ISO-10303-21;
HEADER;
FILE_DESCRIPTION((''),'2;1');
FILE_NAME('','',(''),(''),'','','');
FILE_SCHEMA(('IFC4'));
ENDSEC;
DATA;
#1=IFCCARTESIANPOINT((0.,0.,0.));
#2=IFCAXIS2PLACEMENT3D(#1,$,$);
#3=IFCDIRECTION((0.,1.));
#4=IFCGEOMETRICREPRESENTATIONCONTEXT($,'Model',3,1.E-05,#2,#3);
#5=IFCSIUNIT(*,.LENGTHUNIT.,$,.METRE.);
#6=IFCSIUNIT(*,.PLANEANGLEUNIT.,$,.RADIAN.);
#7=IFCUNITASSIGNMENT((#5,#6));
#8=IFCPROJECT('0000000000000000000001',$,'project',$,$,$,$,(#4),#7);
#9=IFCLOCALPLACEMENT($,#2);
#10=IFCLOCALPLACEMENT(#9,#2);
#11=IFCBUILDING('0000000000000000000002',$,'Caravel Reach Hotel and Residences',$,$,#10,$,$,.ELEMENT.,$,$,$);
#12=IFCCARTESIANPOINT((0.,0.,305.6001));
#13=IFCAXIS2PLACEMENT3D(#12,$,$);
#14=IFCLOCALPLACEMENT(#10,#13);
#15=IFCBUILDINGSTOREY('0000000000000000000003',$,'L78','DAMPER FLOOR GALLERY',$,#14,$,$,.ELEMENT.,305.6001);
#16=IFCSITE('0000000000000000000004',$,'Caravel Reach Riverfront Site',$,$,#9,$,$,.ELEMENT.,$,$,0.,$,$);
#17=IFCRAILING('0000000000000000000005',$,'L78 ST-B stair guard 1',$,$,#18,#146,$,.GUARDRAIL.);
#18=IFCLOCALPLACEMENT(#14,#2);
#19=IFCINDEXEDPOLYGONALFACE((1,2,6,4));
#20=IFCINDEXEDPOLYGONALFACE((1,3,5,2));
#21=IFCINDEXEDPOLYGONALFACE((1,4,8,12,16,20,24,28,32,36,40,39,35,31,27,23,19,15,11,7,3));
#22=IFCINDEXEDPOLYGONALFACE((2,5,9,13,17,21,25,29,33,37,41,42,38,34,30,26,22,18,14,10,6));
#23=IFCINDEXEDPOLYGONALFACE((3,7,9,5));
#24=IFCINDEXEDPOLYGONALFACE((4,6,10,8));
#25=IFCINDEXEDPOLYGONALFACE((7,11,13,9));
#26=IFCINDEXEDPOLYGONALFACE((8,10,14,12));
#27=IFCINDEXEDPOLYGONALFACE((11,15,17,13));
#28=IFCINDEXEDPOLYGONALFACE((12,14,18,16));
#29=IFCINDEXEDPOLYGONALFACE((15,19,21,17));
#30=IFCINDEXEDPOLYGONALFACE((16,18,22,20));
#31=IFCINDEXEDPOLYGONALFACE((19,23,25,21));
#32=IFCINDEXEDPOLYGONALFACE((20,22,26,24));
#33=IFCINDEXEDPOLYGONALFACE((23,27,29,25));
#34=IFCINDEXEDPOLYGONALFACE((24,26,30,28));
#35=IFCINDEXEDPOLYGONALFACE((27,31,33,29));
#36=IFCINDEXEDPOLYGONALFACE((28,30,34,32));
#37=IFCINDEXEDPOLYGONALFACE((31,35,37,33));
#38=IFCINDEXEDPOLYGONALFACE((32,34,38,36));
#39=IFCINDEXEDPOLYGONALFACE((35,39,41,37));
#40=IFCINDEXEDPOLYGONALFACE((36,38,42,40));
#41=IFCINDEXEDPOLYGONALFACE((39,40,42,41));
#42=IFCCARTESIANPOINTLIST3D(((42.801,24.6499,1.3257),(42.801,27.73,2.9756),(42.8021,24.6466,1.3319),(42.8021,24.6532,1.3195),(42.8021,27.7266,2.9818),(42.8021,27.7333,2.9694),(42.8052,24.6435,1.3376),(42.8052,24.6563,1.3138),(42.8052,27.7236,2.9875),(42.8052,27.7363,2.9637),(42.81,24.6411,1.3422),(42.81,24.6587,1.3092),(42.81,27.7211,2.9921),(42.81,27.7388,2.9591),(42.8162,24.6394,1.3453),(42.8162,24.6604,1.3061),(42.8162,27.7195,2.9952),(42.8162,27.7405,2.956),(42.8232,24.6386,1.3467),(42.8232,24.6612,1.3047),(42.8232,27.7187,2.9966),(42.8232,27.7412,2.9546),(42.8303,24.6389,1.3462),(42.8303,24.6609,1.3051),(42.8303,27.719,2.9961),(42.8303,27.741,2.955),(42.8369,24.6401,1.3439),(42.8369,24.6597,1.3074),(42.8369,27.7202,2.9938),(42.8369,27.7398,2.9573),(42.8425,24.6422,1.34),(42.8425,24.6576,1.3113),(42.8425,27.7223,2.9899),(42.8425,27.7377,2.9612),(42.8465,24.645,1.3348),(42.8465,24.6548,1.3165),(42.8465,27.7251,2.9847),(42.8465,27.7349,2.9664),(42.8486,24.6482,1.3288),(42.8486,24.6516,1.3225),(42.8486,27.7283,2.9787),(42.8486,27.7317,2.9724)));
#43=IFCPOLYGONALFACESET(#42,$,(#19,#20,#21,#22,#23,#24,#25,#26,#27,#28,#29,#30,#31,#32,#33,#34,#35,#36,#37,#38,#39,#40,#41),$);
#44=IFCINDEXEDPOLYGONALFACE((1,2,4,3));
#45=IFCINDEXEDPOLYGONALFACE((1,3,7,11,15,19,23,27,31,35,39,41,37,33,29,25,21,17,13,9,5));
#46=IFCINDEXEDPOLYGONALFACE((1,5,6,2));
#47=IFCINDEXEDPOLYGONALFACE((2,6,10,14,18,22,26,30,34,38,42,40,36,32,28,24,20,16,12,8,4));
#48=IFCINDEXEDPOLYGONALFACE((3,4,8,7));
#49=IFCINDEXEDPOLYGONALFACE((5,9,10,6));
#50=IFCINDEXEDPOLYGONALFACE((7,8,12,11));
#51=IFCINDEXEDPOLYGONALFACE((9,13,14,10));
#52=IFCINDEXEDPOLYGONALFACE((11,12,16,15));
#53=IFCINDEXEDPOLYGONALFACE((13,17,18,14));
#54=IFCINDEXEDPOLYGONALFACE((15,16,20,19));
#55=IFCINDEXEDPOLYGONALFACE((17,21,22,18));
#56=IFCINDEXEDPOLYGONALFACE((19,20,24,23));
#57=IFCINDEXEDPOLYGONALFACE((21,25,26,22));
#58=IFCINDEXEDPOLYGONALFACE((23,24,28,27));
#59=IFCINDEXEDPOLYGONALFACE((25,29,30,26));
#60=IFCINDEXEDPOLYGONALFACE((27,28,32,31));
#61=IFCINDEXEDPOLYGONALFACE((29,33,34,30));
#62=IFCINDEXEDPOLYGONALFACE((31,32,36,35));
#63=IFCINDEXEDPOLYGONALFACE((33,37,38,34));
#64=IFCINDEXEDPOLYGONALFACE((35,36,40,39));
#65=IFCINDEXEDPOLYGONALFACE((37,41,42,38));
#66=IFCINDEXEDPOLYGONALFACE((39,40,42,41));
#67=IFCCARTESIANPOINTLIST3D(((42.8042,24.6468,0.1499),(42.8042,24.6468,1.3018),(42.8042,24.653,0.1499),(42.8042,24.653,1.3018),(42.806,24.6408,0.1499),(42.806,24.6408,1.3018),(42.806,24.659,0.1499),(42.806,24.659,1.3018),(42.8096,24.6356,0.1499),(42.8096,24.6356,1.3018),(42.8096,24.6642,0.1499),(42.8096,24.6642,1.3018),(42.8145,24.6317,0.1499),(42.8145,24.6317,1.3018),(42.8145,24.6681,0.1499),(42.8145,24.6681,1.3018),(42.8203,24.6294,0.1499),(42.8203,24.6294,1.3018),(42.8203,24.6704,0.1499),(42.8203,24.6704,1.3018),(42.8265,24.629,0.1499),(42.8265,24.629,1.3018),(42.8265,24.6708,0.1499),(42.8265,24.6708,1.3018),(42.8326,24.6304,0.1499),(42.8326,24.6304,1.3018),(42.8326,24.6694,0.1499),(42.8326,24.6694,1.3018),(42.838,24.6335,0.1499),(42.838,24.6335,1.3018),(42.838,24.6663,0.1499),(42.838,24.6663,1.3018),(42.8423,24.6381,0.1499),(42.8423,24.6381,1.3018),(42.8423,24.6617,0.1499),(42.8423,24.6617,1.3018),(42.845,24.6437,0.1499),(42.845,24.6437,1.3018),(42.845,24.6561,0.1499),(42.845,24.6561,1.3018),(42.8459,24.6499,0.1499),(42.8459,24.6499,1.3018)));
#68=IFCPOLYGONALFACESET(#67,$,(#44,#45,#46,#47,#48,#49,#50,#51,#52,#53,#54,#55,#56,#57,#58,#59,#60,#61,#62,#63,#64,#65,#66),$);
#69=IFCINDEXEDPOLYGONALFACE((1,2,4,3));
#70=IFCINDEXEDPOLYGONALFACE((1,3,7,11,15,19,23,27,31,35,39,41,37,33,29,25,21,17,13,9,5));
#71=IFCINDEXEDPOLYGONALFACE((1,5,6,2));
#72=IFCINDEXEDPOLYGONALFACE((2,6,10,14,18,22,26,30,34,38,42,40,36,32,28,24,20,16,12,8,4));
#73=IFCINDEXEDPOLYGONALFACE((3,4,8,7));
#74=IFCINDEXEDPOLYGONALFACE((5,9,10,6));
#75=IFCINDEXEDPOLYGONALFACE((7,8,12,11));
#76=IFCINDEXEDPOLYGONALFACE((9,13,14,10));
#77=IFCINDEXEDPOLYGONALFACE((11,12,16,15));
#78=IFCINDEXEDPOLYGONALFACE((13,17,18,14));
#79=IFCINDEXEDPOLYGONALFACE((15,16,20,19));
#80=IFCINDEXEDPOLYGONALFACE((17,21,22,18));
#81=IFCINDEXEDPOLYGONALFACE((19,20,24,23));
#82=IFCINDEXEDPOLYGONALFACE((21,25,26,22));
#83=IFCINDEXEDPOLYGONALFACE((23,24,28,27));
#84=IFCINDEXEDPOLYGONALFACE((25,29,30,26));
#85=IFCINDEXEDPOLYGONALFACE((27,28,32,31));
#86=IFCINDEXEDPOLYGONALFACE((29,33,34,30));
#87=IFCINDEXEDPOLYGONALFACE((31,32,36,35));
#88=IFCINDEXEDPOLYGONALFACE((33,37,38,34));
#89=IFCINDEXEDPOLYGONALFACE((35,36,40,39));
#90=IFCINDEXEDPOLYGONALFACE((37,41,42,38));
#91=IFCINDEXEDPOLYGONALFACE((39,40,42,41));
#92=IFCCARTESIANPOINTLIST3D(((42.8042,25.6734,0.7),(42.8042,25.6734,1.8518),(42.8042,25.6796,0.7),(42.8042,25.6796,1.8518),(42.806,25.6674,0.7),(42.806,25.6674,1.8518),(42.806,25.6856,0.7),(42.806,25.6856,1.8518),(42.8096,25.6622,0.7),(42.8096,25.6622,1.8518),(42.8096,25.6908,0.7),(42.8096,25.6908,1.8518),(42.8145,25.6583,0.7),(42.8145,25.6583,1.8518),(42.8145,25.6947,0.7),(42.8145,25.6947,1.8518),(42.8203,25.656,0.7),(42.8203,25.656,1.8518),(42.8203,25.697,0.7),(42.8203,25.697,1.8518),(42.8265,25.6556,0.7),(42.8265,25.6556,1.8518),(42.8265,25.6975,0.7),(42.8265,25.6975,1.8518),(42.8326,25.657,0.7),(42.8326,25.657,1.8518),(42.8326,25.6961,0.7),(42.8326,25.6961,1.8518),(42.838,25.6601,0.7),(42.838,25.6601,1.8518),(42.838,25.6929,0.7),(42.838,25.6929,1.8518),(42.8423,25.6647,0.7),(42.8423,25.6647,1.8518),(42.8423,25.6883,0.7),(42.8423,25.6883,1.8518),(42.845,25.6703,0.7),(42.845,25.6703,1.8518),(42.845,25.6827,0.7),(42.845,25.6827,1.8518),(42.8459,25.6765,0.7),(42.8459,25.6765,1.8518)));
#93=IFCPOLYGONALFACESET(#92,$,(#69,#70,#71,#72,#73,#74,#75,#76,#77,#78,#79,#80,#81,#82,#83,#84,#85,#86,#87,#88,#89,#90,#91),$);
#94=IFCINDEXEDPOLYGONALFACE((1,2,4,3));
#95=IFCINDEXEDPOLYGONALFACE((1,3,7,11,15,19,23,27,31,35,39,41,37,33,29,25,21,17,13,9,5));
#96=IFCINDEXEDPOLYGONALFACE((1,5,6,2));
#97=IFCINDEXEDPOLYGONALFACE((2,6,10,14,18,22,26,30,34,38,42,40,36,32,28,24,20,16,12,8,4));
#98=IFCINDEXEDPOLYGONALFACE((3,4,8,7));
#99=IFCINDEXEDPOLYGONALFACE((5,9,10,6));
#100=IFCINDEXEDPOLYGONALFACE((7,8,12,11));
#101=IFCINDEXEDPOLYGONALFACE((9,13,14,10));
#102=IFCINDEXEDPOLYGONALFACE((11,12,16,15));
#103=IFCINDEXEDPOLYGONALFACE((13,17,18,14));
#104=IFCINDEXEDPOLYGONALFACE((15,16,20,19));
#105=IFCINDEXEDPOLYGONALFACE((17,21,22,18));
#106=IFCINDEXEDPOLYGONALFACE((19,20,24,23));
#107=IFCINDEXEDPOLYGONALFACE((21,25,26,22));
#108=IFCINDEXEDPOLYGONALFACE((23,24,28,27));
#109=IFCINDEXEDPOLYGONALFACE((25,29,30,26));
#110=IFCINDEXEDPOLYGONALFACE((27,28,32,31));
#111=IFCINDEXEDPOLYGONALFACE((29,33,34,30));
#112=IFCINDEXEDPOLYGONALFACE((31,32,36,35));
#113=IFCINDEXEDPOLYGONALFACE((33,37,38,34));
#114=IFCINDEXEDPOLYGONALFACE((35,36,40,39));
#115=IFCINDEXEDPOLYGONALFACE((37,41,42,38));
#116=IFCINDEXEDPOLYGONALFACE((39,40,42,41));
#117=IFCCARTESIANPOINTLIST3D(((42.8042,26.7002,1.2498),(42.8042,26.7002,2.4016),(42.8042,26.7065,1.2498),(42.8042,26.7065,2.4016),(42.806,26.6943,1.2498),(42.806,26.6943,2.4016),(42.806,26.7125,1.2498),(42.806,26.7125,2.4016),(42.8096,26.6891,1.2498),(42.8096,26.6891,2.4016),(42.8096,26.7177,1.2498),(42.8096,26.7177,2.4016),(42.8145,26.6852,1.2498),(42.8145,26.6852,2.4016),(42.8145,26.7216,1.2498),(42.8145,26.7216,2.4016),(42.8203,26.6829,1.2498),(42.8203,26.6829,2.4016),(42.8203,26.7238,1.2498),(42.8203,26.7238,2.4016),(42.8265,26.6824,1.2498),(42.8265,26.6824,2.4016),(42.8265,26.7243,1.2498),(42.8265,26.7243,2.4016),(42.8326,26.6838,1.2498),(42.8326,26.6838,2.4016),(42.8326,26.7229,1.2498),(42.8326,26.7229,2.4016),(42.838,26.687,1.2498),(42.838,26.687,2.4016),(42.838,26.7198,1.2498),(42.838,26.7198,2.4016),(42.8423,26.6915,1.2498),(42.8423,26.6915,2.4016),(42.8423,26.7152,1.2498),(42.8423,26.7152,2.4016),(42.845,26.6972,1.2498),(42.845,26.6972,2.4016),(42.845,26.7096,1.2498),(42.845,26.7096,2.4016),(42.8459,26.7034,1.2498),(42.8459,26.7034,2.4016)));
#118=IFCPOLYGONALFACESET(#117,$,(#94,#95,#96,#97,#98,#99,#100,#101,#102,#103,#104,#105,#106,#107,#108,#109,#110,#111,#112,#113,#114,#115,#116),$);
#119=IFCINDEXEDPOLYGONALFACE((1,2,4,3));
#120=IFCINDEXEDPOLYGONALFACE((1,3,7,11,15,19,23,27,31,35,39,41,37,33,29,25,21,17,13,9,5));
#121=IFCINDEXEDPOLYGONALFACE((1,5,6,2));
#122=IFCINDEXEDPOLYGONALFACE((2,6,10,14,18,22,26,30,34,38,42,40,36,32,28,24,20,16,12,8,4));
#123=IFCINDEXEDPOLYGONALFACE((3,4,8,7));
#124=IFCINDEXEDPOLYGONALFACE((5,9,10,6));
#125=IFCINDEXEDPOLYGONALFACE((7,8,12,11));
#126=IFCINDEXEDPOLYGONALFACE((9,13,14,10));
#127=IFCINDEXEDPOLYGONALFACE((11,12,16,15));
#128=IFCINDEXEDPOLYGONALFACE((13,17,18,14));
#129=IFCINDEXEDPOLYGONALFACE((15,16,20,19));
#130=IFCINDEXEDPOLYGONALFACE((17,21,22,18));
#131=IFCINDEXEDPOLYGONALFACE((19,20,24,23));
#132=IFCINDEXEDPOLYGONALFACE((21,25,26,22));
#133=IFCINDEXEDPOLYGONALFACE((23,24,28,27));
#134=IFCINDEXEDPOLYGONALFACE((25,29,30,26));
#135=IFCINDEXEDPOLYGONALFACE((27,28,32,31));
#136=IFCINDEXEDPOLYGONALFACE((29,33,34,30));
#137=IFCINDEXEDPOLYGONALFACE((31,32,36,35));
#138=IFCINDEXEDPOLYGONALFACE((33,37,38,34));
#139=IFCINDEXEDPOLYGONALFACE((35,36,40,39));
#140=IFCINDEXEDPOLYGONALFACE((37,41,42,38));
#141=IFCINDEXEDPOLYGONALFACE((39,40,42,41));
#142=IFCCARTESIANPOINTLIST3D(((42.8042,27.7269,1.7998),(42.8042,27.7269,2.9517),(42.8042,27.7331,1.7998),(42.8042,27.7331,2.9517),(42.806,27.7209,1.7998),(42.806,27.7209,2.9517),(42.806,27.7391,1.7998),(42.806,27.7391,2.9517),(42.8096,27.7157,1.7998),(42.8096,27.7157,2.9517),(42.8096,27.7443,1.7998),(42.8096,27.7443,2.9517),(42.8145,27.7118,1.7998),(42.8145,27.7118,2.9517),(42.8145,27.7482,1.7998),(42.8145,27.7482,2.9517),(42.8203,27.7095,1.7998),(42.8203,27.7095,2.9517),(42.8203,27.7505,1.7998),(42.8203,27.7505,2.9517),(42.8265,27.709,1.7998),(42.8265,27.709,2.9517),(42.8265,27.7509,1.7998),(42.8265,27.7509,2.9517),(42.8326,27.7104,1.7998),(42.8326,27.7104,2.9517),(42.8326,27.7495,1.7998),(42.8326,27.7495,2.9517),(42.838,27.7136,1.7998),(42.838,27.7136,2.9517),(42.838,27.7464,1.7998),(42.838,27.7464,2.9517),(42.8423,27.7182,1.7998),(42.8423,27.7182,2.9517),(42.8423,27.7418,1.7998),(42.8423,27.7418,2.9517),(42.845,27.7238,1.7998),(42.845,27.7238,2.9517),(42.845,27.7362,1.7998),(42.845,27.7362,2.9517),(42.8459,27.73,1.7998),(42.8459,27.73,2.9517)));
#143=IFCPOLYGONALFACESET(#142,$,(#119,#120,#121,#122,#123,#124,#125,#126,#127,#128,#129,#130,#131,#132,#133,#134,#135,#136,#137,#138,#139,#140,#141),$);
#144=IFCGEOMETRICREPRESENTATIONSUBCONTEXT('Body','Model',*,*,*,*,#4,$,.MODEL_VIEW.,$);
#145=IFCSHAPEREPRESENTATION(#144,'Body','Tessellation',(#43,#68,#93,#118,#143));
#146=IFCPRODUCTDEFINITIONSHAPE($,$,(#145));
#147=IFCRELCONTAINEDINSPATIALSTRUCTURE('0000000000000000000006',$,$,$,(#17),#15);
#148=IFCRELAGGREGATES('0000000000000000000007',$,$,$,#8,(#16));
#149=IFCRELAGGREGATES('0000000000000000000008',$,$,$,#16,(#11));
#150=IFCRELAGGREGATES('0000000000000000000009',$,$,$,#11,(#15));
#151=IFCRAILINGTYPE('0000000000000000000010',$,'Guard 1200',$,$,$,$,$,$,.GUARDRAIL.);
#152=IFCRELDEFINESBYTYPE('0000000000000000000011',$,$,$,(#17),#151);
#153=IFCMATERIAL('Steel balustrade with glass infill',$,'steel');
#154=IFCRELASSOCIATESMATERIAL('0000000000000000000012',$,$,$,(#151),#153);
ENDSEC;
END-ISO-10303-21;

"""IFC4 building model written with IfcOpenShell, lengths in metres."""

from ifc_helpers import new_model, si_unit, direction, frame, origin, origin_2d, place, context, subcontext, project, spatial, circle, extrude, material, type_object, element, save


model = new_model("IFC4")

# Units and contexts
model_context = context("Model", 3, precision=1e-05, world=origin(), true_north=direction((0.0, 1.0)))
body_context = subcontext(model_context, "Body", "Model", "MODEL_VIEW")
ifc_project = project(units=[si_unit("LENGTHUNIT", "METRE"), si_unit("PLANEANGLEUNIT", "RADIAN")], contexts=[model_context])

# Site, building, storey
site_placement = place(None, origin())
site = spatial("IfcSite", under=ifc_project, at=site_placement, Name="Caravel Reach Riverfront Site", CompositionType="ELEMENT", RefElevation=0.0)
building_placement = place(site_placement, origin())
building = spatial("IfcBuilding", under=site, at=building_placement, Name="Caravel Reach Hotel and Residences", CompositionType="ELEMENT")
storey_placement = place(building_placement, frame((0.0, 0.0, 305.6001)))
storey = spatial("IfcBuildingStorey", under=building, at=storey_placement, Name="L78", Description="DAMPER FLOOR GALLERY", CompositionType="ELEMENT", Elevation=305.6001)

# Railing
ifc_material_1 = material(Name="Steel balustrade with glass infill", Category="steel")
railing_type_1 = type_object("IfcRailingType", Name="Guard 1200", PredefinedType="GUARDRAIL", material=ifc_material_1)
railing_1_placement = place(storey_placement, frame((42.825, 24.6499, 0.1499)))
element("IfcRailing", 1, at=railing_1_placement, inside=storey, type_object=railing_type_1, Name="L78 ST-B stair guard 1", PredefinedType="GUARDRAIL", context=body_context, shape_type="SweptSolid", body=[
    extrude(circle(Radius=0.0239, at=origin_2d()), frame((0.0, 0.0, 1.1758), z_axis=(0.0, 0.881497, 0.47219), x_axis=(-1.0, 0.0, 0.0)), (0.0, 0.0, 1.0), 3.4941),
    extrude(circle(Radius=0.021, at=origin_2d()), origin(), (0.0, 0.0, 1.0), 1.1519),
    extrude(circle(Radius=0.021, at=origin_2d()), frame((0.0, 1.0266, 0.55)), (0.0, 0.0, 1.0), 1.1519),
    extrude(circle(Radius=0.021, at=origin_2d()), frame((0.0, 2.0535, 1.0999)), (0.0, 0.0, 1.0), 1.1519),
    extrude(circle(Radius=0.021, at=origin_2d()), frame((0.0, 3.0801, 1.6499)), (0.0, 0.0, 1.0), 1.1519),
])

save(model, "model.ifc")
